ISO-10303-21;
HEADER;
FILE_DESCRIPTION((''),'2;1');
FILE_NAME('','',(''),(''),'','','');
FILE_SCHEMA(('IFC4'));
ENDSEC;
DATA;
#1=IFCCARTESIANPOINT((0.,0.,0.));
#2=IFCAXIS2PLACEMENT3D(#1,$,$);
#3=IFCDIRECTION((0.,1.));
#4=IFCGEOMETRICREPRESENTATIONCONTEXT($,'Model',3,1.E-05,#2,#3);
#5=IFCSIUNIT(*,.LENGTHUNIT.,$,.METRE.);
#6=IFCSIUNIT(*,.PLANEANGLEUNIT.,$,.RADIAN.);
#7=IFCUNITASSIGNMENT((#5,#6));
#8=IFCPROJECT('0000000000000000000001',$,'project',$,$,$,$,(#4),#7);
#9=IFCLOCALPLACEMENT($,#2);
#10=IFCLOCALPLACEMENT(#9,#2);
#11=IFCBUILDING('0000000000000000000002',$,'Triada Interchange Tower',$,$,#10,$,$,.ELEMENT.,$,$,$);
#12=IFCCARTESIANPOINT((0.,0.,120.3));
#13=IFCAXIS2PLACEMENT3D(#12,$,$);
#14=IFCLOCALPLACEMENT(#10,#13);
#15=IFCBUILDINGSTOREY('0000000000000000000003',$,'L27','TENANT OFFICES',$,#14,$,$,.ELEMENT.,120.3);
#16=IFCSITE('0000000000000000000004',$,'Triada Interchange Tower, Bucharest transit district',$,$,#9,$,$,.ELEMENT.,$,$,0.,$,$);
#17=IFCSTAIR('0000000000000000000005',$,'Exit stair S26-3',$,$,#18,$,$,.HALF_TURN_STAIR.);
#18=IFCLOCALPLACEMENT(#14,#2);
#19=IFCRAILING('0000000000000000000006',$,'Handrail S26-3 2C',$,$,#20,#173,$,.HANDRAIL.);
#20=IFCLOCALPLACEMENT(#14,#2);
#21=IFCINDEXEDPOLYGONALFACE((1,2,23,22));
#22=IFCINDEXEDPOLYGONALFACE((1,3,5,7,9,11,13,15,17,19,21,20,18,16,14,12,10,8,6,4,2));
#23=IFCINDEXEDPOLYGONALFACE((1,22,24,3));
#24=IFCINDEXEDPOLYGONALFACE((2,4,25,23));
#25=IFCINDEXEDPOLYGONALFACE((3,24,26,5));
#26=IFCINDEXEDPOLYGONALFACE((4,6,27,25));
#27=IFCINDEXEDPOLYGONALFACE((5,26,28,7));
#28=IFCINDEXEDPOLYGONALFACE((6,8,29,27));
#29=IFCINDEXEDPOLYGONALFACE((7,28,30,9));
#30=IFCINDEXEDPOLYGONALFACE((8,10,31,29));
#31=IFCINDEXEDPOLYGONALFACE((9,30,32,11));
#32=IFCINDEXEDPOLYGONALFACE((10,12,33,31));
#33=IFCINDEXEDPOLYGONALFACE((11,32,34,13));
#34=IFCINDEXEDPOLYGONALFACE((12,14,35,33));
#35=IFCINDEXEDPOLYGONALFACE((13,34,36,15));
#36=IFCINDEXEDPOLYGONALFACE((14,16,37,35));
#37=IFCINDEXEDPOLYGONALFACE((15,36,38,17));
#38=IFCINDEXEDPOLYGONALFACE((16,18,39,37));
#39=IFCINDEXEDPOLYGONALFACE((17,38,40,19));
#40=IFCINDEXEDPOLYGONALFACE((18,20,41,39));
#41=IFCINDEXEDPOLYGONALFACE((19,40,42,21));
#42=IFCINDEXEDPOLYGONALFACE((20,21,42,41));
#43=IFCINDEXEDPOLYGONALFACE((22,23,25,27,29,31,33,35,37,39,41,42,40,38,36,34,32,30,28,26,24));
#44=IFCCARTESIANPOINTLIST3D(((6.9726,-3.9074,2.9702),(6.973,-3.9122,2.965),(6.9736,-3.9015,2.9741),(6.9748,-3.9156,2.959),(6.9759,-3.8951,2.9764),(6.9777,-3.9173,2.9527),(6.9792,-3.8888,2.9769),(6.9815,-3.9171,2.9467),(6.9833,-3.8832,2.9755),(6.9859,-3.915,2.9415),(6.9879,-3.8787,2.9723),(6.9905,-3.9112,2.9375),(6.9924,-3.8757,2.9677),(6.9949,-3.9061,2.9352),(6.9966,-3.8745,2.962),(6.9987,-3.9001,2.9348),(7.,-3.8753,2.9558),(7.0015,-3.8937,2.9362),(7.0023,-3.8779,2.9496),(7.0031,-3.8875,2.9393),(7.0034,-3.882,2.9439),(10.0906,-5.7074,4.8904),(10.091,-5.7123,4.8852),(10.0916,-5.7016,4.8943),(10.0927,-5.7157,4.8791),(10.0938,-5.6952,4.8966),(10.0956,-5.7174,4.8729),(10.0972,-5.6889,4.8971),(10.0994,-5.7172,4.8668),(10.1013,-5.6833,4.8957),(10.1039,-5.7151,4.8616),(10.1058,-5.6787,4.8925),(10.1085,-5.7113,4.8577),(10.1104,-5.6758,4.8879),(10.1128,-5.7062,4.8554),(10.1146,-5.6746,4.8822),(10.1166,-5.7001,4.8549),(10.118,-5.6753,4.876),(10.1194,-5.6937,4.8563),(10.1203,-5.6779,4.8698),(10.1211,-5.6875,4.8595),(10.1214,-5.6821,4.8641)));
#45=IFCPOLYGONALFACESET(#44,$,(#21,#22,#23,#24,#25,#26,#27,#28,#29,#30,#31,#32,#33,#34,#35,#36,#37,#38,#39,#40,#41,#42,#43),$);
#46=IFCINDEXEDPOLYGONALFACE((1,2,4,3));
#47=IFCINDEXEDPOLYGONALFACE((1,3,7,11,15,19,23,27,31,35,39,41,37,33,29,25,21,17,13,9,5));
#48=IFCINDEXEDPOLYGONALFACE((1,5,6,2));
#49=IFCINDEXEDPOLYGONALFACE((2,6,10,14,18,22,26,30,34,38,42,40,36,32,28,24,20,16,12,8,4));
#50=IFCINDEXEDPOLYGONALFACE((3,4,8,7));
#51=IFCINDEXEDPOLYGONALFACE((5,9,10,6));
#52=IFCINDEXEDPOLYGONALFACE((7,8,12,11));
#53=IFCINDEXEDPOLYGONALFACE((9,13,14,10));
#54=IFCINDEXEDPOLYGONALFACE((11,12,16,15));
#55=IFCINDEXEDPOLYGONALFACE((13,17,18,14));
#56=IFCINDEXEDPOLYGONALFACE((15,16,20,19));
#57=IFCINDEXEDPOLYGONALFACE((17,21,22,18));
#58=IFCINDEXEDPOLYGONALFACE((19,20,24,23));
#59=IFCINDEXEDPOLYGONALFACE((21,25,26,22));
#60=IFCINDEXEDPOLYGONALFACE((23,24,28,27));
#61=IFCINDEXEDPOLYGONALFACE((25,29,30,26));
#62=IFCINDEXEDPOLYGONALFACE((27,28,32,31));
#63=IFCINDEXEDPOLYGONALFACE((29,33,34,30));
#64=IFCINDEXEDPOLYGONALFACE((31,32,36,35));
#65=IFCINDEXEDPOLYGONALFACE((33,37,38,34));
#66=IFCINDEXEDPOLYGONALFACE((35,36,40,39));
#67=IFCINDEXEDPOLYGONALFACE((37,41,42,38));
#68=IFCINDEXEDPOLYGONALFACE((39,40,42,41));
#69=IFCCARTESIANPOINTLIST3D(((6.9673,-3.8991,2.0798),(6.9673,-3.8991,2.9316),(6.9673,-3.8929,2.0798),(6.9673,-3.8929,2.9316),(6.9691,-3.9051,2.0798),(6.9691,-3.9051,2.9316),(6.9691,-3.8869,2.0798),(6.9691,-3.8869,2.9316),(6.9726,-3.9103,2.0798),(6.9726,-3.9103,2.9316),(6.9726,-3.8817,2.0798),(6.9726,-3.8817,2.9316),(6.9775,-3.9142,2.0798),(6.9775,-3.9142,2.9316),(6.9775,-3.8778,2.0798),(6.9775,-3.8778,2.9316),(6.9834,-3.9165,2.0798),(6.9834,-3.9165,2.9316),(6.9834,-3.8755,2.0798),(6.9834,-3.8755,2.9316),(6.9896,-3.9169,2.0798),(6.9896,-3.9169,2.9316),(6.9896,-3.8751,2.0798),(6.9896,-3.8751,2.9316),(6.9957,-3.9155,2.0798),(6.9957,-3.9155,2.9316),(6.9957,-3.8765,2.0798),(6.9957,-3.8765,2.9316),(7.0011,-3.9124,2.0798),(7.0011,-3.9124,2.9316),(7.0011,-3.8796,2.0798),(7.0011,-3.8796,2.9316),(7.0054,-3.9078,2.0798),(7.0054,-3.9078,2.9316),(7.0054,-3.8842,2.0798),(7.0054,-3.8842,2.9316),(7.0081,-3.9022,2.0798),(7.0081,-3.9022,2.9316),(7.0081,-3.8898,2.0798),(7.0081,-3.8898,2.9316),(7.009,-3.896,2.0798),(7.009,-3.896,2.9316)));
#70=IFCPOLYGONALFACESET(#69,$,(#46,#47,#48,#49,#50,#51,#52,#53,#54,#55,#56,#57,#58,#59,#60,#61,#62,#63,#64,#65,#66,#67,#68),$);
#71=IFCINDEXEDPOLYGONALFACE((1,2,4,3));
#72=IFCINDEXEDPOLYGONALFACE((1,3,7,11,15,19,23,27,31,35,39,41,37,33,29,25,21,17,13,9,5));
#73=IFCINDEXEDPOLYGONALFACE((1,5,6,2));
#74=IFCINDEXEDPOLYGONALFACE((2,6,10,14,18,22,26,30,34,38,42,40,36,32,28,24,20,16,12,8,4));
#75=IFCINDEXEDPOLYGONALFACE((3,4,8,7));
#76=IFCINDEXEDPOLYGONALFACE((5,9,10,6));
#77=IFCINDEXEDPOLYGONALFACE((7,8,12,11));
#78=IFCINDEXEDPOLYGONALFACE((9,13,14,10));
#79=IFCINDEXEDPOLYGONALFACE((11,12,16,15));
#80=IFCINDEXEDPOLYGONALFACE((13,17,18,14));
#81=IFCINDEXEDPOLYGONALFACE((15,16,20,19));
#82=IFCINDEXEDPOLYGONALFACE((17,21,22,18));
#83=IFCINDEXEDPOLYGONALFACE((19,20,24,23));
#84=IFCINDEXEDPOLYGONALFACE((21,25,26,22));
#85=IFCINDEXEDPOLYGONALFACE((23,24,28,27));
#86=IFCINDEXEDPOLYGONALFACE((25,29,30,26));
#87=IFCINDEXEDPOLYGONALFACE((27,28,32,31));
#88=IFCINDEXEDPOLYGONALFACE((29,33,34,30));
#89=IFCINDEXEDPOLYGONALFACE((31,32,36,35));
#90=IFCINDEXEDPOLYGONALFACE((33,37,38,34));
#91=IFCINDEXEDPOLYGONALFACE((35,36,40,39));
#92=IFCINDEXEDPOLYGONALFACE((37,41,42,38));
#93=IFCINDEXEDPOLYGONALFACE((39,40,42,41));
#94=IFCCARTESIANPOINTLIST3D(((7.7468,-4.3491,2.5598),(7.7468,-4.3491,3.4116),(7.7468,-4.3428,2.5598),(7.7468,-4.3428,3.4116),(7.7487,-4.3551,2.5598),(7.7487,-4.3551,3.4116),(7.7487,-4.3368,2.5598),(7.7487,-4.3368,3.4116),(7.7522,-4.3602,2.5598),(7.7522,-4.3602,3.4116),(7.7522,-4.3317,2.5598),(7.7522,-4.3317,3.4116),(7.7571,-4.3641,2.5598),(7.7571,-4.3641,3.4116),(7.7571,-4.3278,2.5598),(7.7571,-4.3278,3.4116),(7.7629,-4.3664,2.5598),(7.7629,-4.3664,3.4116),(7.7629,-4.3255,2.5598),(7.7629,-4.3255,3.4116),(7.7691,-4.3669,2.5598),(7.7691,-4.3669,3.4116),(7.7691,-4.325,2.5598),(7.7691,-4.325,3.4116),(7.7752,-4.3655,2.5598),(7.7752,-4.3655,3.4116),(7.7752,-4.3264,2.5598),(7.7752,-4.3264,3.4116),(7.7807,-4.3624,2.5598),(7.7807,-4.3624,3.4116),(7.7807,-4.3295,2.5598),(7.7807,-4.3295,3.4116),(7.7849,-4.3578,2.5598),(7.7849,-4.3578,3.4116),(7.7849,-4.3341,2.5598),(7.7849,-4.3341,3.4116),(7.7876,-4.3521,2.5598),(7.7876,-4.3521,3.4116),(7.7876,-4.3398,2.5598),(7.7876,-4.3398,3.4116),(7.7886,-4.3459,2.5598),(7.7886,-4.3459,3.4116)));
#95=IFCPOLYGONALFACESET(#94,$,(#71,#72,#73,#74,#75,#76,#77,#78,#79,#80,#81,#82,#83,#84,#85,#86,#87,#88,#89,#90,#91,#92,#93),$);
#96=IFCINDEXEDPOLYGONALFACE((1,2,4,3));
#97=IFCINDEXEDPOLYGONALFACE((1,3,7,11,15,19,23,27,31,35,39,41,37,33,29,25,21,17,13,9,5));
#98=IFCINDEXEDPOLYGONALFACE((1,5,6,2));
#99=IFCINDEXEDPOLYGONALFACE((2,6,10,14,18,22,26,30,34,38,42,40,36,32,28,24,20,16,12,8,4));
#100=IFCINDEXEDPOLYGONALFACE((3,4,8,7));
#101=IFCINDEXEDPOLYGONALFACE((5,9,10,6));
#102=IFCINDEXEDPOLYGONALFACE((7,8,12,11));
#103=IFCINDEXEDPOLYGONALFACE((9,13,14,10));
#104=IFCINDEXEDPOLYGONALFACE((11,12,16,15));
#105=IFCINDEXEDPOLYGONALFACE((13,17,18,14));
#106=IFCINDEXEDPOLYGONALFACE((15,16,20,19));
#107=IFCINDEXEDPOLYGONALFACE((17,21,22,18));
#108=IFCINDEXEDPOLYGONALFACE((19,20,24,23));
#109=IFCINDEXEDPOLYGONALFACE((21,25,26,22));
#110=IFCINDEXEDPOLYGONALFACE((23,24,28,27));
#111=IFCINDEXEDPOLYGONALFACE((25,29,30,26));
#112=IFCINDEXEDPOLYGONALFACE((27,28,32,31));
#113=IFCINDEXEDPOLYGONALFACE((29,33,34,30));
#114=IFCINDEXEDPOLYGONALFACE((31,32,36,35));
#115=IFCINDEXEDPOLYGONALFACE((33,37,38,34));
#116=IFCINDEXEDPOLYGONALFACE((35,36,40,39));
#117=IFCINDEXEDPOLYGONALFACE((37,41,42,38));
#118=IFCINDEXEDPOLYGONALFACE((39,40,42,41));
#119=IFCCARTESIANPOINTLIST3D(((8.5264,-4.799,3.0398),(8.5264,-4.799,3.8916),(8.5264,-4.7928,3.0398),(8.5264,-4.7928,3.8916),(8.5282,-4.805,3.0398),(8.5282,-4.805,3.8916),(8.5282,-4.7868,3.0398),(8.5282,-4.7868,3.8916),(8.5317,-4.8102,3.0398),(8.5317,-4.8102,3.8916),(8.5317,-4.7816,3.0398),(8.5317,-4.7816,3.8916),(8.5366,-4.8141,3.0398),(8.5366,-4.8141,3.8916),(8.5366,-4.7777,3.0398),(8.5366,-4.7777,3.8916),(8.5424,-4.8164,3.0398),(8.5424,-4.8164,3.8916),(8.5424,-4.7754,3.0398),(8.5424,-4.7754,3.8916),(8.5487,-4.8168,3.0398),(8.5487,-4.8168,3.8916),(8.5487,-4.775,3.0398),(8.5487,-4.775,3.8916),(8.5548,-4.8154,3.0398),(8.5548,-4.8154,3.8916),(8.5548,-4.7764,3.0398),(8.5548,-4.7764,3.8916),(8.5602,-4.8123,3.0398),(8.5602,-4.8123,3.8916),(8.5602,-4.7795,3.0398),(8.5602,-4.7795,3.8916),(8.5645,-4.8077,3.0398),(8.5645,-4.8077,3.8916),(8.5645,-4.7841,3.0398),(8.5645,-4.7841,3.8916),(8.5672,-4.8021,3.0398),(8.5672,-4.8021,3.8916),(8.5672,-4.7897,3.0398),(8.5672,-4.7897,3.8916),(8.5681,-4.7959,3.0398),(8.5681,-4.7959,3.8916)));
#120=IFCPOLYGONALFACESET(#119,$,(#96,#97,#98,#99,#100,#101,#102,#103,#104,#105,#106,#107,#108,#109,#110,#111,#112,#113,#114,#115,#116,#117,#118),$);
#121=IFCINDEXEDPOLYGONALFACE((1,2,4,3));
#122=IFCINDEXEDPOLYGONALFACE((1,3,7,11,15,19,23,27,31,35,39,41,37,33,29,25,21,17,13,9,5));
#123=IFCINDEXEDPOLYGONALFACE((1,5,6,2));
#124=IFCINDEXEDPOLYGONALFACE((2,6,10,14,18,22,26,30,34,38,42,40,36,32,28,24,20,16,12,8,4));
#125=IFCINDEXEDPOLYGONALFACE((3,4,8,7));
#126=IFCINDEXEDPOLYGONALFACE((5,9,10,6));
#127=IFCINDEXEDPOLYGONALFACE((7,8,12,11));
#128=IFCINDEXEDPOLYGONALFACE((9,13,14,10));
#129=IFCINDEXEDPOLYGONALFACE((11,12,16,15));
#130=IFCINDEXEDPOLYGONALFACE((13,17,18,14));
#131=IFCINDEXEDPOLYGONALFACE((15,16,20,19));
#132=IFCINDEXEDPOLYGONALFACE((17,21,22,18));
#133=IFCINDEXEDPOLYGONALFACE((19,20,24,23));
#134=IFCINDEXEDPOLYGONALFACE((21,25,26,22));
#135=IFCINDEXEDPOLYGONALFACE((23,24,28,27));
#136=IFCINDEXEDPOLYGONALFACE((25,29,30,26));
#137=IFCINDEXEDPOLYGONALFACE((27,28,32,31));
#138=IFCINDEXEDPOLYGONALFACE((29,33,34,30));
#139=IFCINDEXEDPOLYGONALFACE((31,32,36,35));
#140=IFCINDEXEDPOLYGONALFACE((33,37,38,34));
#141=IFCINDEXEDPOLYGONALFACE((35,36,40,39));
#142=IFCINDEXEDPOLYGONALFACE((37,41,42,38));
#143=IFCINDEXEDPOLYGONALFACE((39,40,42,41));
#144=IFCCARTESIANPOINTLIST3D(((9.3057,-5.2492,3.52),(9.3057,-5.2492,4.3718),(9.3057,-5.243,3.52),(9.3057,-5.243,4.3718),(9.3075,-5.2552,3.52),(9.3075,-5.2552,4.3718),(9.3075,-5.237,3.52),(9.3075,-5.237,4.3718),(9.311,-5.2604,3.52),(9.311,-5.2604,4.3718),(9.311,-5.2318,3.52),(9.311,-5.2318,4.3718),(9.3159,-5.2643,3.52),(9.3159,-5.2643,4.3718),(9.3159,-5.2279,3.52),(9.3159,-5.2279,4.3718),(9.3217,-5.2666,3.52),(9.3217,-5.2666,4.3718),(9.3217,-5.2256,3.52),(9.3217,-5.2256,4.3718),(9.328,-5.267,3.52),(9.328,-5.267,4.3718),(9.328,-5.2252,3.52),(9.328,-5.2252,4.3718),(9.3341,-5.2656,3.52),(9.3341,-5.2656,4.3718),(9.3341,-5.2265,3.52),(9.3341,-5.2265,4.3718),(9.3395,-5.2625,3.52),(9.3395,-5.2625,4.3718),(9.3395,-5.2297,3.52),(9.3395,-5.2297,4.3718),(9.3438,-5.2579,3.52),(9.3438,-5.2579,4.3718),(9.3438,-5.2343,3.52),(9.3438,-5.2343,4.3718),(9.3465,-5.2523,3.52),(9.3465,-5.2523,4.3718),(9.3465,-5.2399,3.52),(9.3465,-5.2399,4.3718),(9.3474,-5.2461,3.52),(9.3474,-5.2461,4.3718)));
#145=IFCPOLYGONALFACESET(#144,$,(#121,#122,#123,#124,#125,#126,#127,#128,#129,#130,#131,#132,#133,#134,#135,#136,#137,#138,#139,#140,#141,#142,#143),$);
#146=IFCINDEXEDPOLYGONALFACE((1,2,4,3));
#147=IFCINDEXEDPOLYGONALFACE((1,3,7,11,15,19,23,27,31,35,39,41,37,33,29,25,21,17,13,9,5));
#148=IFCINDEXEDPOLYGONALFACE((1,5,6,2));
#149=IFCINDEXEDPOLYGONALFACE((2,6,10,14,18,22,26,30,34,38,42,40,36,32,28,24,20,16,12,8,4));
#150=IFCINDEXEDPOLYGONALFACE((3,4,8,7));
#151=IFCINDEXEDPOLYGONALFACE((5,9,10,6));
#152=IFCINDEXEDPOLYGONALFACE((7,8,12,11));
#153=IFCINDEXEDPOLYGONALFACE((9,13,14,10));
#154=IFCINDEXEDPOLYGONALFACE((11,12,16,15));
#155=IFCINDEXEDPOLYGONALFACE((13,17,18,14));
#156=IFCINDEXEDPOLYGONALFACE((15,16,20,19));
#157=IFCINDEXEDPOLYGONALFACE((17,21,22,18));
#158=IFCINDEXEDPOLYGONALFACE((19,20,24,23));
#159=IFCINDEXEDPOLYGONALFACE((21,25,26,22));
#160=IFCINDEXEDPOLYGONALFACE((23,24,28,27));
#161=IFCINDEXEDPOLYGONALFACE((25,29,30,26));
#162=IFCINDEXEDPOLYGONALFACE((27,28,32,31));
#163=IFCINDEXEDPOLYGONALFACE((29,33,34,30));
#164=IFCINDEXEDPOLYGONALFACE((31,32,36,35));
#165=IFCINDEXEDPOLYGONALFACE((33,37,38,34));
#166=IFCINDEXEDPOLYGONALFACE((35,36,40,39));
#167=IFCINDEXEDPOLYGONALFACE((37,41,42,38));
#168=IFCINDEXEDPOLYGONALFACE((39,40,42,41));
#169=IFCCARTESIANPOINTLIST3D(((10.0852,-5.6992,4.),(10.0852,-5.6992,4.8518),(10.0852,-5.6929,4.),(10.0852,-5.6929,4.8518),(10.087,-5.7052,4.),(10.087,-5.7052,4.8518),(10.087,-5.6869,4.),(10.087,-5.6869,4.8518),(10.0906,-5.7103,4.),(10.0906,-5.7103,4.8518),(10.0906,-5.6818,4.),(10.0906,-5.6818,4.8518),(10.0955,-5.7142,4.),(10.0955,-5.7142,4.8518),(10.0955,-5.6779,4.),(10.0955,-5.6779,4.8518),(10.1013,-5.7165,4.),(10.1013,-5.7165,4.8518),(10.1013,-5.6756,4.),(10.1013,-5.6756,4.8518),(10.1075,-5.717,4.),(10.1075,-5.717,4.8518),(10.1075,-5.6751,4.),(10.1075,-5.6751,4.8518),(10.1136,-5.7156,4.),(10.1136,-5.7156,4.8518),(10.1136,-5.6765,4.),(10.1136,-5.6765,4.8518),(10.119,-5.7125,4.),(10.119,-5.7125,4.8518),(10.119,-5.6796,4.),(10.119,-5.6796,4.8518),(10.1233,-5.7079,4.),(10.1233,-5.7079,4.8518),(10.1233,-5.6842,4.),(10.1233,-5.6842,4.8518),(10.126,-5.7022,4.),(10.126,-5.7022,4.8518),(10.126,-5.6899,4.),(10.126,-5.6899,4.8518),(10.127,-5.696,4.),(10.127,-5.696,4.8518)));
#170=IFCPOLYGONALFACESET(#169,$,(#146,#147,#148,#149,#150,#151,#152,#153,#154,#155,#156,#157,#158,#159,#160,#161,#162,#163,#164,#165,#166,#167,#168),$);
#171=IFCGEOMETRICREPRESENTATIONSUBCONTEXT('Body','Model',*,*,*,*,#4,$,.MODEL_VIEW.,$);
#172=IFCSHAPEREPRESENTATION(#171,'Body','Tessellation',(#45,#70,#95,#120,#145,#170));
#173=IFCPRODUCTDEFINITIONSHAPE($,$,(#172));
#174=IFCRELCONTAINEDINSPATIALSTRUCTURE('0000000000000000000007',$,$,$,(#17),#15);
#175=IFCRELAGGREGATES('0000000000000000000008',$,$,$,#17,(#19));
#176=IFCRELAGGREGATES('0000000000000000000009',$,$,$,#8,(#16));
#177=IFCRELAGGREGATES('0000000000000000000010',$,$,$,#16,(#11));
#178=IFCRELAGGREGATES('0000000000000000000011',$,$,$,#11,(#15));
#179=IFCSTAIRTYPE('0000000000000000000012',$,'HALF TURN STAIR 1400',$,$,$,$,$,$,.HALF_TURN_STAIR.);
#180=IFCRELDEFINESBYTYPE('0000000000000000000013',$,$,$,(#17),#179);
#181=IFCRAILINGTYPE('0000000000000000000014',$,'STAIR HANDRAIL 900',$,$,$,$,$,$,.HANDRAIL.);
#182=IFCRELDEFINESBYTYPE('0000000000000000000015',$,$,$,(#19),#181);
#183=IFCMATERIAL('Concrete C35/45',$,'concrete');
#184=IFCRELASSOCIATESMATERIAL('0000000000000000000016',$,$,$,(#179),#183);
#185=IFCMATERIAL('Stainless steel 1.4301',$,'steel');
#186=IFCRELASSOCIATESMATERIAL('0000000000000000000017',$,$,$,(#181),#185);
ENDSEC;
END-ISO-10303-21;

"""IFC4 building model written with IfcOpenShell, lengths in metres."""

from ifc_helpers import new_model, si_unit, direction, frame, origin, origin_2d, place, context, subcontext, project, spatial, circle, extrude, material, type_object, element, aggregate, save


model = new_model("IFC4")

# Units and contexts
model_context = context("Model", 3, precision=1e-05, world=origin(), true_north=direction((0.0, 1.0)))
body_context = subcontext(model_context, "Body", "Model", "MODEL_VIEW")
ifc_project = project(units=[si_unit("LENGTHUNIT", "METRE"), si_unit("PLANEANGLEUNIT", "RADIAN")], contexts=[model_context])

# Site, building, storey
site_placement = place(None, origin())
site = spatial("IfcSite", under=ifc_project, at=site_placement, Name="Triada Interchange Tower, Bucharest transit district", CompositionType="ELEMENT", RefElevation=0.0)
building_placement = place(site_placement, origin())
building = spatial("IfcBuilding", under=site, at=building_placement, Name="Triada Interchange Tower", CompositionType="ELEMENT")
storey_placement = place(building_placement, frame((0.0, 0.0, 120.3)))
storey = spatial("IfcBuildingStorey", under=building, at=storey_placement, Name="L27", Description="TENANT OFFICES", CompositionType="ELEMENT", Elevation=120.3)

# Stair, railing
ifc_material_1 = material(Name="Concrete C35/45", Category="concrete")
stair_type = type_object("IfcStairType", Name="HALF TURN STAIR 1400", PredefinedType="HALF_TURN_STAIR", material=ifc_material_1)
stair_placement = place(storey_placement, origin())
stair = element("IfcStair", 1, at=stair_placement, inside=storey, type_object=stair_type, Name="Exit stair S26-3", PredefinedType="HALF_TURN_STAIR")
ifc_material_2 = material(Name="Stainless steel 1.4301", Category="steel")
railing_type = type_object("IfcRailingType", Name="STAIR HANDRAIL 900", PredefinedType="HANDRAIL", material=ifc_material_2)
railing_1_placement = place(storey_placement, frame((6.988, -3.896, 2.0798)))
railing_1 = element("IfcRailing", 2, at=railing_1_placement, type_object=railing_type, Name="Handrail S26-3 2C", PredefinedType="HANDRAIL", context=body_context, shape_type="SweptSolid", body=[
    extrude(circle(Radius=0.0239, at=origin_2d()), frame((0.0, 0.0, 0.876), z_axis=(0.764145, -0.441159, 0.470597), x_axis=(0.499983, 0.866035, 0.0)), (0.0, 0.0, 1.0), 4.0803),
    extrude(circle(Radius=0.021, at=origin_2d()), origin(), (0.0, 0.0, 1.0), 0.8518),
    extrude(circle(Radius=0.021, at=origin_2d()), frame((0.7795, -0.45, 0.48)), (0.0, 0.0, 1.0), 0.8518),
    extrude(circle(Radius=0.021, at=origin_2d()), frame((1.5591, -0.8999, 0.96)), (0.0, 0.0, 1.0), 0.8518),
    extrude(circle(Radius=0.021, at=origin_2d()), frame((2.3384, -1.3501, 1.4402)), (0.0, 0.0, 1.0), 0.8518),
    extrude(circle(Radius=0.021, at=origin_2d()), frame((3.1179, -1.8, 1.9202)), (0.0, 0.0, 1.0), 0.8518),
])
aggregate(stair, [railing_1])

save(model, "model.ifc")
